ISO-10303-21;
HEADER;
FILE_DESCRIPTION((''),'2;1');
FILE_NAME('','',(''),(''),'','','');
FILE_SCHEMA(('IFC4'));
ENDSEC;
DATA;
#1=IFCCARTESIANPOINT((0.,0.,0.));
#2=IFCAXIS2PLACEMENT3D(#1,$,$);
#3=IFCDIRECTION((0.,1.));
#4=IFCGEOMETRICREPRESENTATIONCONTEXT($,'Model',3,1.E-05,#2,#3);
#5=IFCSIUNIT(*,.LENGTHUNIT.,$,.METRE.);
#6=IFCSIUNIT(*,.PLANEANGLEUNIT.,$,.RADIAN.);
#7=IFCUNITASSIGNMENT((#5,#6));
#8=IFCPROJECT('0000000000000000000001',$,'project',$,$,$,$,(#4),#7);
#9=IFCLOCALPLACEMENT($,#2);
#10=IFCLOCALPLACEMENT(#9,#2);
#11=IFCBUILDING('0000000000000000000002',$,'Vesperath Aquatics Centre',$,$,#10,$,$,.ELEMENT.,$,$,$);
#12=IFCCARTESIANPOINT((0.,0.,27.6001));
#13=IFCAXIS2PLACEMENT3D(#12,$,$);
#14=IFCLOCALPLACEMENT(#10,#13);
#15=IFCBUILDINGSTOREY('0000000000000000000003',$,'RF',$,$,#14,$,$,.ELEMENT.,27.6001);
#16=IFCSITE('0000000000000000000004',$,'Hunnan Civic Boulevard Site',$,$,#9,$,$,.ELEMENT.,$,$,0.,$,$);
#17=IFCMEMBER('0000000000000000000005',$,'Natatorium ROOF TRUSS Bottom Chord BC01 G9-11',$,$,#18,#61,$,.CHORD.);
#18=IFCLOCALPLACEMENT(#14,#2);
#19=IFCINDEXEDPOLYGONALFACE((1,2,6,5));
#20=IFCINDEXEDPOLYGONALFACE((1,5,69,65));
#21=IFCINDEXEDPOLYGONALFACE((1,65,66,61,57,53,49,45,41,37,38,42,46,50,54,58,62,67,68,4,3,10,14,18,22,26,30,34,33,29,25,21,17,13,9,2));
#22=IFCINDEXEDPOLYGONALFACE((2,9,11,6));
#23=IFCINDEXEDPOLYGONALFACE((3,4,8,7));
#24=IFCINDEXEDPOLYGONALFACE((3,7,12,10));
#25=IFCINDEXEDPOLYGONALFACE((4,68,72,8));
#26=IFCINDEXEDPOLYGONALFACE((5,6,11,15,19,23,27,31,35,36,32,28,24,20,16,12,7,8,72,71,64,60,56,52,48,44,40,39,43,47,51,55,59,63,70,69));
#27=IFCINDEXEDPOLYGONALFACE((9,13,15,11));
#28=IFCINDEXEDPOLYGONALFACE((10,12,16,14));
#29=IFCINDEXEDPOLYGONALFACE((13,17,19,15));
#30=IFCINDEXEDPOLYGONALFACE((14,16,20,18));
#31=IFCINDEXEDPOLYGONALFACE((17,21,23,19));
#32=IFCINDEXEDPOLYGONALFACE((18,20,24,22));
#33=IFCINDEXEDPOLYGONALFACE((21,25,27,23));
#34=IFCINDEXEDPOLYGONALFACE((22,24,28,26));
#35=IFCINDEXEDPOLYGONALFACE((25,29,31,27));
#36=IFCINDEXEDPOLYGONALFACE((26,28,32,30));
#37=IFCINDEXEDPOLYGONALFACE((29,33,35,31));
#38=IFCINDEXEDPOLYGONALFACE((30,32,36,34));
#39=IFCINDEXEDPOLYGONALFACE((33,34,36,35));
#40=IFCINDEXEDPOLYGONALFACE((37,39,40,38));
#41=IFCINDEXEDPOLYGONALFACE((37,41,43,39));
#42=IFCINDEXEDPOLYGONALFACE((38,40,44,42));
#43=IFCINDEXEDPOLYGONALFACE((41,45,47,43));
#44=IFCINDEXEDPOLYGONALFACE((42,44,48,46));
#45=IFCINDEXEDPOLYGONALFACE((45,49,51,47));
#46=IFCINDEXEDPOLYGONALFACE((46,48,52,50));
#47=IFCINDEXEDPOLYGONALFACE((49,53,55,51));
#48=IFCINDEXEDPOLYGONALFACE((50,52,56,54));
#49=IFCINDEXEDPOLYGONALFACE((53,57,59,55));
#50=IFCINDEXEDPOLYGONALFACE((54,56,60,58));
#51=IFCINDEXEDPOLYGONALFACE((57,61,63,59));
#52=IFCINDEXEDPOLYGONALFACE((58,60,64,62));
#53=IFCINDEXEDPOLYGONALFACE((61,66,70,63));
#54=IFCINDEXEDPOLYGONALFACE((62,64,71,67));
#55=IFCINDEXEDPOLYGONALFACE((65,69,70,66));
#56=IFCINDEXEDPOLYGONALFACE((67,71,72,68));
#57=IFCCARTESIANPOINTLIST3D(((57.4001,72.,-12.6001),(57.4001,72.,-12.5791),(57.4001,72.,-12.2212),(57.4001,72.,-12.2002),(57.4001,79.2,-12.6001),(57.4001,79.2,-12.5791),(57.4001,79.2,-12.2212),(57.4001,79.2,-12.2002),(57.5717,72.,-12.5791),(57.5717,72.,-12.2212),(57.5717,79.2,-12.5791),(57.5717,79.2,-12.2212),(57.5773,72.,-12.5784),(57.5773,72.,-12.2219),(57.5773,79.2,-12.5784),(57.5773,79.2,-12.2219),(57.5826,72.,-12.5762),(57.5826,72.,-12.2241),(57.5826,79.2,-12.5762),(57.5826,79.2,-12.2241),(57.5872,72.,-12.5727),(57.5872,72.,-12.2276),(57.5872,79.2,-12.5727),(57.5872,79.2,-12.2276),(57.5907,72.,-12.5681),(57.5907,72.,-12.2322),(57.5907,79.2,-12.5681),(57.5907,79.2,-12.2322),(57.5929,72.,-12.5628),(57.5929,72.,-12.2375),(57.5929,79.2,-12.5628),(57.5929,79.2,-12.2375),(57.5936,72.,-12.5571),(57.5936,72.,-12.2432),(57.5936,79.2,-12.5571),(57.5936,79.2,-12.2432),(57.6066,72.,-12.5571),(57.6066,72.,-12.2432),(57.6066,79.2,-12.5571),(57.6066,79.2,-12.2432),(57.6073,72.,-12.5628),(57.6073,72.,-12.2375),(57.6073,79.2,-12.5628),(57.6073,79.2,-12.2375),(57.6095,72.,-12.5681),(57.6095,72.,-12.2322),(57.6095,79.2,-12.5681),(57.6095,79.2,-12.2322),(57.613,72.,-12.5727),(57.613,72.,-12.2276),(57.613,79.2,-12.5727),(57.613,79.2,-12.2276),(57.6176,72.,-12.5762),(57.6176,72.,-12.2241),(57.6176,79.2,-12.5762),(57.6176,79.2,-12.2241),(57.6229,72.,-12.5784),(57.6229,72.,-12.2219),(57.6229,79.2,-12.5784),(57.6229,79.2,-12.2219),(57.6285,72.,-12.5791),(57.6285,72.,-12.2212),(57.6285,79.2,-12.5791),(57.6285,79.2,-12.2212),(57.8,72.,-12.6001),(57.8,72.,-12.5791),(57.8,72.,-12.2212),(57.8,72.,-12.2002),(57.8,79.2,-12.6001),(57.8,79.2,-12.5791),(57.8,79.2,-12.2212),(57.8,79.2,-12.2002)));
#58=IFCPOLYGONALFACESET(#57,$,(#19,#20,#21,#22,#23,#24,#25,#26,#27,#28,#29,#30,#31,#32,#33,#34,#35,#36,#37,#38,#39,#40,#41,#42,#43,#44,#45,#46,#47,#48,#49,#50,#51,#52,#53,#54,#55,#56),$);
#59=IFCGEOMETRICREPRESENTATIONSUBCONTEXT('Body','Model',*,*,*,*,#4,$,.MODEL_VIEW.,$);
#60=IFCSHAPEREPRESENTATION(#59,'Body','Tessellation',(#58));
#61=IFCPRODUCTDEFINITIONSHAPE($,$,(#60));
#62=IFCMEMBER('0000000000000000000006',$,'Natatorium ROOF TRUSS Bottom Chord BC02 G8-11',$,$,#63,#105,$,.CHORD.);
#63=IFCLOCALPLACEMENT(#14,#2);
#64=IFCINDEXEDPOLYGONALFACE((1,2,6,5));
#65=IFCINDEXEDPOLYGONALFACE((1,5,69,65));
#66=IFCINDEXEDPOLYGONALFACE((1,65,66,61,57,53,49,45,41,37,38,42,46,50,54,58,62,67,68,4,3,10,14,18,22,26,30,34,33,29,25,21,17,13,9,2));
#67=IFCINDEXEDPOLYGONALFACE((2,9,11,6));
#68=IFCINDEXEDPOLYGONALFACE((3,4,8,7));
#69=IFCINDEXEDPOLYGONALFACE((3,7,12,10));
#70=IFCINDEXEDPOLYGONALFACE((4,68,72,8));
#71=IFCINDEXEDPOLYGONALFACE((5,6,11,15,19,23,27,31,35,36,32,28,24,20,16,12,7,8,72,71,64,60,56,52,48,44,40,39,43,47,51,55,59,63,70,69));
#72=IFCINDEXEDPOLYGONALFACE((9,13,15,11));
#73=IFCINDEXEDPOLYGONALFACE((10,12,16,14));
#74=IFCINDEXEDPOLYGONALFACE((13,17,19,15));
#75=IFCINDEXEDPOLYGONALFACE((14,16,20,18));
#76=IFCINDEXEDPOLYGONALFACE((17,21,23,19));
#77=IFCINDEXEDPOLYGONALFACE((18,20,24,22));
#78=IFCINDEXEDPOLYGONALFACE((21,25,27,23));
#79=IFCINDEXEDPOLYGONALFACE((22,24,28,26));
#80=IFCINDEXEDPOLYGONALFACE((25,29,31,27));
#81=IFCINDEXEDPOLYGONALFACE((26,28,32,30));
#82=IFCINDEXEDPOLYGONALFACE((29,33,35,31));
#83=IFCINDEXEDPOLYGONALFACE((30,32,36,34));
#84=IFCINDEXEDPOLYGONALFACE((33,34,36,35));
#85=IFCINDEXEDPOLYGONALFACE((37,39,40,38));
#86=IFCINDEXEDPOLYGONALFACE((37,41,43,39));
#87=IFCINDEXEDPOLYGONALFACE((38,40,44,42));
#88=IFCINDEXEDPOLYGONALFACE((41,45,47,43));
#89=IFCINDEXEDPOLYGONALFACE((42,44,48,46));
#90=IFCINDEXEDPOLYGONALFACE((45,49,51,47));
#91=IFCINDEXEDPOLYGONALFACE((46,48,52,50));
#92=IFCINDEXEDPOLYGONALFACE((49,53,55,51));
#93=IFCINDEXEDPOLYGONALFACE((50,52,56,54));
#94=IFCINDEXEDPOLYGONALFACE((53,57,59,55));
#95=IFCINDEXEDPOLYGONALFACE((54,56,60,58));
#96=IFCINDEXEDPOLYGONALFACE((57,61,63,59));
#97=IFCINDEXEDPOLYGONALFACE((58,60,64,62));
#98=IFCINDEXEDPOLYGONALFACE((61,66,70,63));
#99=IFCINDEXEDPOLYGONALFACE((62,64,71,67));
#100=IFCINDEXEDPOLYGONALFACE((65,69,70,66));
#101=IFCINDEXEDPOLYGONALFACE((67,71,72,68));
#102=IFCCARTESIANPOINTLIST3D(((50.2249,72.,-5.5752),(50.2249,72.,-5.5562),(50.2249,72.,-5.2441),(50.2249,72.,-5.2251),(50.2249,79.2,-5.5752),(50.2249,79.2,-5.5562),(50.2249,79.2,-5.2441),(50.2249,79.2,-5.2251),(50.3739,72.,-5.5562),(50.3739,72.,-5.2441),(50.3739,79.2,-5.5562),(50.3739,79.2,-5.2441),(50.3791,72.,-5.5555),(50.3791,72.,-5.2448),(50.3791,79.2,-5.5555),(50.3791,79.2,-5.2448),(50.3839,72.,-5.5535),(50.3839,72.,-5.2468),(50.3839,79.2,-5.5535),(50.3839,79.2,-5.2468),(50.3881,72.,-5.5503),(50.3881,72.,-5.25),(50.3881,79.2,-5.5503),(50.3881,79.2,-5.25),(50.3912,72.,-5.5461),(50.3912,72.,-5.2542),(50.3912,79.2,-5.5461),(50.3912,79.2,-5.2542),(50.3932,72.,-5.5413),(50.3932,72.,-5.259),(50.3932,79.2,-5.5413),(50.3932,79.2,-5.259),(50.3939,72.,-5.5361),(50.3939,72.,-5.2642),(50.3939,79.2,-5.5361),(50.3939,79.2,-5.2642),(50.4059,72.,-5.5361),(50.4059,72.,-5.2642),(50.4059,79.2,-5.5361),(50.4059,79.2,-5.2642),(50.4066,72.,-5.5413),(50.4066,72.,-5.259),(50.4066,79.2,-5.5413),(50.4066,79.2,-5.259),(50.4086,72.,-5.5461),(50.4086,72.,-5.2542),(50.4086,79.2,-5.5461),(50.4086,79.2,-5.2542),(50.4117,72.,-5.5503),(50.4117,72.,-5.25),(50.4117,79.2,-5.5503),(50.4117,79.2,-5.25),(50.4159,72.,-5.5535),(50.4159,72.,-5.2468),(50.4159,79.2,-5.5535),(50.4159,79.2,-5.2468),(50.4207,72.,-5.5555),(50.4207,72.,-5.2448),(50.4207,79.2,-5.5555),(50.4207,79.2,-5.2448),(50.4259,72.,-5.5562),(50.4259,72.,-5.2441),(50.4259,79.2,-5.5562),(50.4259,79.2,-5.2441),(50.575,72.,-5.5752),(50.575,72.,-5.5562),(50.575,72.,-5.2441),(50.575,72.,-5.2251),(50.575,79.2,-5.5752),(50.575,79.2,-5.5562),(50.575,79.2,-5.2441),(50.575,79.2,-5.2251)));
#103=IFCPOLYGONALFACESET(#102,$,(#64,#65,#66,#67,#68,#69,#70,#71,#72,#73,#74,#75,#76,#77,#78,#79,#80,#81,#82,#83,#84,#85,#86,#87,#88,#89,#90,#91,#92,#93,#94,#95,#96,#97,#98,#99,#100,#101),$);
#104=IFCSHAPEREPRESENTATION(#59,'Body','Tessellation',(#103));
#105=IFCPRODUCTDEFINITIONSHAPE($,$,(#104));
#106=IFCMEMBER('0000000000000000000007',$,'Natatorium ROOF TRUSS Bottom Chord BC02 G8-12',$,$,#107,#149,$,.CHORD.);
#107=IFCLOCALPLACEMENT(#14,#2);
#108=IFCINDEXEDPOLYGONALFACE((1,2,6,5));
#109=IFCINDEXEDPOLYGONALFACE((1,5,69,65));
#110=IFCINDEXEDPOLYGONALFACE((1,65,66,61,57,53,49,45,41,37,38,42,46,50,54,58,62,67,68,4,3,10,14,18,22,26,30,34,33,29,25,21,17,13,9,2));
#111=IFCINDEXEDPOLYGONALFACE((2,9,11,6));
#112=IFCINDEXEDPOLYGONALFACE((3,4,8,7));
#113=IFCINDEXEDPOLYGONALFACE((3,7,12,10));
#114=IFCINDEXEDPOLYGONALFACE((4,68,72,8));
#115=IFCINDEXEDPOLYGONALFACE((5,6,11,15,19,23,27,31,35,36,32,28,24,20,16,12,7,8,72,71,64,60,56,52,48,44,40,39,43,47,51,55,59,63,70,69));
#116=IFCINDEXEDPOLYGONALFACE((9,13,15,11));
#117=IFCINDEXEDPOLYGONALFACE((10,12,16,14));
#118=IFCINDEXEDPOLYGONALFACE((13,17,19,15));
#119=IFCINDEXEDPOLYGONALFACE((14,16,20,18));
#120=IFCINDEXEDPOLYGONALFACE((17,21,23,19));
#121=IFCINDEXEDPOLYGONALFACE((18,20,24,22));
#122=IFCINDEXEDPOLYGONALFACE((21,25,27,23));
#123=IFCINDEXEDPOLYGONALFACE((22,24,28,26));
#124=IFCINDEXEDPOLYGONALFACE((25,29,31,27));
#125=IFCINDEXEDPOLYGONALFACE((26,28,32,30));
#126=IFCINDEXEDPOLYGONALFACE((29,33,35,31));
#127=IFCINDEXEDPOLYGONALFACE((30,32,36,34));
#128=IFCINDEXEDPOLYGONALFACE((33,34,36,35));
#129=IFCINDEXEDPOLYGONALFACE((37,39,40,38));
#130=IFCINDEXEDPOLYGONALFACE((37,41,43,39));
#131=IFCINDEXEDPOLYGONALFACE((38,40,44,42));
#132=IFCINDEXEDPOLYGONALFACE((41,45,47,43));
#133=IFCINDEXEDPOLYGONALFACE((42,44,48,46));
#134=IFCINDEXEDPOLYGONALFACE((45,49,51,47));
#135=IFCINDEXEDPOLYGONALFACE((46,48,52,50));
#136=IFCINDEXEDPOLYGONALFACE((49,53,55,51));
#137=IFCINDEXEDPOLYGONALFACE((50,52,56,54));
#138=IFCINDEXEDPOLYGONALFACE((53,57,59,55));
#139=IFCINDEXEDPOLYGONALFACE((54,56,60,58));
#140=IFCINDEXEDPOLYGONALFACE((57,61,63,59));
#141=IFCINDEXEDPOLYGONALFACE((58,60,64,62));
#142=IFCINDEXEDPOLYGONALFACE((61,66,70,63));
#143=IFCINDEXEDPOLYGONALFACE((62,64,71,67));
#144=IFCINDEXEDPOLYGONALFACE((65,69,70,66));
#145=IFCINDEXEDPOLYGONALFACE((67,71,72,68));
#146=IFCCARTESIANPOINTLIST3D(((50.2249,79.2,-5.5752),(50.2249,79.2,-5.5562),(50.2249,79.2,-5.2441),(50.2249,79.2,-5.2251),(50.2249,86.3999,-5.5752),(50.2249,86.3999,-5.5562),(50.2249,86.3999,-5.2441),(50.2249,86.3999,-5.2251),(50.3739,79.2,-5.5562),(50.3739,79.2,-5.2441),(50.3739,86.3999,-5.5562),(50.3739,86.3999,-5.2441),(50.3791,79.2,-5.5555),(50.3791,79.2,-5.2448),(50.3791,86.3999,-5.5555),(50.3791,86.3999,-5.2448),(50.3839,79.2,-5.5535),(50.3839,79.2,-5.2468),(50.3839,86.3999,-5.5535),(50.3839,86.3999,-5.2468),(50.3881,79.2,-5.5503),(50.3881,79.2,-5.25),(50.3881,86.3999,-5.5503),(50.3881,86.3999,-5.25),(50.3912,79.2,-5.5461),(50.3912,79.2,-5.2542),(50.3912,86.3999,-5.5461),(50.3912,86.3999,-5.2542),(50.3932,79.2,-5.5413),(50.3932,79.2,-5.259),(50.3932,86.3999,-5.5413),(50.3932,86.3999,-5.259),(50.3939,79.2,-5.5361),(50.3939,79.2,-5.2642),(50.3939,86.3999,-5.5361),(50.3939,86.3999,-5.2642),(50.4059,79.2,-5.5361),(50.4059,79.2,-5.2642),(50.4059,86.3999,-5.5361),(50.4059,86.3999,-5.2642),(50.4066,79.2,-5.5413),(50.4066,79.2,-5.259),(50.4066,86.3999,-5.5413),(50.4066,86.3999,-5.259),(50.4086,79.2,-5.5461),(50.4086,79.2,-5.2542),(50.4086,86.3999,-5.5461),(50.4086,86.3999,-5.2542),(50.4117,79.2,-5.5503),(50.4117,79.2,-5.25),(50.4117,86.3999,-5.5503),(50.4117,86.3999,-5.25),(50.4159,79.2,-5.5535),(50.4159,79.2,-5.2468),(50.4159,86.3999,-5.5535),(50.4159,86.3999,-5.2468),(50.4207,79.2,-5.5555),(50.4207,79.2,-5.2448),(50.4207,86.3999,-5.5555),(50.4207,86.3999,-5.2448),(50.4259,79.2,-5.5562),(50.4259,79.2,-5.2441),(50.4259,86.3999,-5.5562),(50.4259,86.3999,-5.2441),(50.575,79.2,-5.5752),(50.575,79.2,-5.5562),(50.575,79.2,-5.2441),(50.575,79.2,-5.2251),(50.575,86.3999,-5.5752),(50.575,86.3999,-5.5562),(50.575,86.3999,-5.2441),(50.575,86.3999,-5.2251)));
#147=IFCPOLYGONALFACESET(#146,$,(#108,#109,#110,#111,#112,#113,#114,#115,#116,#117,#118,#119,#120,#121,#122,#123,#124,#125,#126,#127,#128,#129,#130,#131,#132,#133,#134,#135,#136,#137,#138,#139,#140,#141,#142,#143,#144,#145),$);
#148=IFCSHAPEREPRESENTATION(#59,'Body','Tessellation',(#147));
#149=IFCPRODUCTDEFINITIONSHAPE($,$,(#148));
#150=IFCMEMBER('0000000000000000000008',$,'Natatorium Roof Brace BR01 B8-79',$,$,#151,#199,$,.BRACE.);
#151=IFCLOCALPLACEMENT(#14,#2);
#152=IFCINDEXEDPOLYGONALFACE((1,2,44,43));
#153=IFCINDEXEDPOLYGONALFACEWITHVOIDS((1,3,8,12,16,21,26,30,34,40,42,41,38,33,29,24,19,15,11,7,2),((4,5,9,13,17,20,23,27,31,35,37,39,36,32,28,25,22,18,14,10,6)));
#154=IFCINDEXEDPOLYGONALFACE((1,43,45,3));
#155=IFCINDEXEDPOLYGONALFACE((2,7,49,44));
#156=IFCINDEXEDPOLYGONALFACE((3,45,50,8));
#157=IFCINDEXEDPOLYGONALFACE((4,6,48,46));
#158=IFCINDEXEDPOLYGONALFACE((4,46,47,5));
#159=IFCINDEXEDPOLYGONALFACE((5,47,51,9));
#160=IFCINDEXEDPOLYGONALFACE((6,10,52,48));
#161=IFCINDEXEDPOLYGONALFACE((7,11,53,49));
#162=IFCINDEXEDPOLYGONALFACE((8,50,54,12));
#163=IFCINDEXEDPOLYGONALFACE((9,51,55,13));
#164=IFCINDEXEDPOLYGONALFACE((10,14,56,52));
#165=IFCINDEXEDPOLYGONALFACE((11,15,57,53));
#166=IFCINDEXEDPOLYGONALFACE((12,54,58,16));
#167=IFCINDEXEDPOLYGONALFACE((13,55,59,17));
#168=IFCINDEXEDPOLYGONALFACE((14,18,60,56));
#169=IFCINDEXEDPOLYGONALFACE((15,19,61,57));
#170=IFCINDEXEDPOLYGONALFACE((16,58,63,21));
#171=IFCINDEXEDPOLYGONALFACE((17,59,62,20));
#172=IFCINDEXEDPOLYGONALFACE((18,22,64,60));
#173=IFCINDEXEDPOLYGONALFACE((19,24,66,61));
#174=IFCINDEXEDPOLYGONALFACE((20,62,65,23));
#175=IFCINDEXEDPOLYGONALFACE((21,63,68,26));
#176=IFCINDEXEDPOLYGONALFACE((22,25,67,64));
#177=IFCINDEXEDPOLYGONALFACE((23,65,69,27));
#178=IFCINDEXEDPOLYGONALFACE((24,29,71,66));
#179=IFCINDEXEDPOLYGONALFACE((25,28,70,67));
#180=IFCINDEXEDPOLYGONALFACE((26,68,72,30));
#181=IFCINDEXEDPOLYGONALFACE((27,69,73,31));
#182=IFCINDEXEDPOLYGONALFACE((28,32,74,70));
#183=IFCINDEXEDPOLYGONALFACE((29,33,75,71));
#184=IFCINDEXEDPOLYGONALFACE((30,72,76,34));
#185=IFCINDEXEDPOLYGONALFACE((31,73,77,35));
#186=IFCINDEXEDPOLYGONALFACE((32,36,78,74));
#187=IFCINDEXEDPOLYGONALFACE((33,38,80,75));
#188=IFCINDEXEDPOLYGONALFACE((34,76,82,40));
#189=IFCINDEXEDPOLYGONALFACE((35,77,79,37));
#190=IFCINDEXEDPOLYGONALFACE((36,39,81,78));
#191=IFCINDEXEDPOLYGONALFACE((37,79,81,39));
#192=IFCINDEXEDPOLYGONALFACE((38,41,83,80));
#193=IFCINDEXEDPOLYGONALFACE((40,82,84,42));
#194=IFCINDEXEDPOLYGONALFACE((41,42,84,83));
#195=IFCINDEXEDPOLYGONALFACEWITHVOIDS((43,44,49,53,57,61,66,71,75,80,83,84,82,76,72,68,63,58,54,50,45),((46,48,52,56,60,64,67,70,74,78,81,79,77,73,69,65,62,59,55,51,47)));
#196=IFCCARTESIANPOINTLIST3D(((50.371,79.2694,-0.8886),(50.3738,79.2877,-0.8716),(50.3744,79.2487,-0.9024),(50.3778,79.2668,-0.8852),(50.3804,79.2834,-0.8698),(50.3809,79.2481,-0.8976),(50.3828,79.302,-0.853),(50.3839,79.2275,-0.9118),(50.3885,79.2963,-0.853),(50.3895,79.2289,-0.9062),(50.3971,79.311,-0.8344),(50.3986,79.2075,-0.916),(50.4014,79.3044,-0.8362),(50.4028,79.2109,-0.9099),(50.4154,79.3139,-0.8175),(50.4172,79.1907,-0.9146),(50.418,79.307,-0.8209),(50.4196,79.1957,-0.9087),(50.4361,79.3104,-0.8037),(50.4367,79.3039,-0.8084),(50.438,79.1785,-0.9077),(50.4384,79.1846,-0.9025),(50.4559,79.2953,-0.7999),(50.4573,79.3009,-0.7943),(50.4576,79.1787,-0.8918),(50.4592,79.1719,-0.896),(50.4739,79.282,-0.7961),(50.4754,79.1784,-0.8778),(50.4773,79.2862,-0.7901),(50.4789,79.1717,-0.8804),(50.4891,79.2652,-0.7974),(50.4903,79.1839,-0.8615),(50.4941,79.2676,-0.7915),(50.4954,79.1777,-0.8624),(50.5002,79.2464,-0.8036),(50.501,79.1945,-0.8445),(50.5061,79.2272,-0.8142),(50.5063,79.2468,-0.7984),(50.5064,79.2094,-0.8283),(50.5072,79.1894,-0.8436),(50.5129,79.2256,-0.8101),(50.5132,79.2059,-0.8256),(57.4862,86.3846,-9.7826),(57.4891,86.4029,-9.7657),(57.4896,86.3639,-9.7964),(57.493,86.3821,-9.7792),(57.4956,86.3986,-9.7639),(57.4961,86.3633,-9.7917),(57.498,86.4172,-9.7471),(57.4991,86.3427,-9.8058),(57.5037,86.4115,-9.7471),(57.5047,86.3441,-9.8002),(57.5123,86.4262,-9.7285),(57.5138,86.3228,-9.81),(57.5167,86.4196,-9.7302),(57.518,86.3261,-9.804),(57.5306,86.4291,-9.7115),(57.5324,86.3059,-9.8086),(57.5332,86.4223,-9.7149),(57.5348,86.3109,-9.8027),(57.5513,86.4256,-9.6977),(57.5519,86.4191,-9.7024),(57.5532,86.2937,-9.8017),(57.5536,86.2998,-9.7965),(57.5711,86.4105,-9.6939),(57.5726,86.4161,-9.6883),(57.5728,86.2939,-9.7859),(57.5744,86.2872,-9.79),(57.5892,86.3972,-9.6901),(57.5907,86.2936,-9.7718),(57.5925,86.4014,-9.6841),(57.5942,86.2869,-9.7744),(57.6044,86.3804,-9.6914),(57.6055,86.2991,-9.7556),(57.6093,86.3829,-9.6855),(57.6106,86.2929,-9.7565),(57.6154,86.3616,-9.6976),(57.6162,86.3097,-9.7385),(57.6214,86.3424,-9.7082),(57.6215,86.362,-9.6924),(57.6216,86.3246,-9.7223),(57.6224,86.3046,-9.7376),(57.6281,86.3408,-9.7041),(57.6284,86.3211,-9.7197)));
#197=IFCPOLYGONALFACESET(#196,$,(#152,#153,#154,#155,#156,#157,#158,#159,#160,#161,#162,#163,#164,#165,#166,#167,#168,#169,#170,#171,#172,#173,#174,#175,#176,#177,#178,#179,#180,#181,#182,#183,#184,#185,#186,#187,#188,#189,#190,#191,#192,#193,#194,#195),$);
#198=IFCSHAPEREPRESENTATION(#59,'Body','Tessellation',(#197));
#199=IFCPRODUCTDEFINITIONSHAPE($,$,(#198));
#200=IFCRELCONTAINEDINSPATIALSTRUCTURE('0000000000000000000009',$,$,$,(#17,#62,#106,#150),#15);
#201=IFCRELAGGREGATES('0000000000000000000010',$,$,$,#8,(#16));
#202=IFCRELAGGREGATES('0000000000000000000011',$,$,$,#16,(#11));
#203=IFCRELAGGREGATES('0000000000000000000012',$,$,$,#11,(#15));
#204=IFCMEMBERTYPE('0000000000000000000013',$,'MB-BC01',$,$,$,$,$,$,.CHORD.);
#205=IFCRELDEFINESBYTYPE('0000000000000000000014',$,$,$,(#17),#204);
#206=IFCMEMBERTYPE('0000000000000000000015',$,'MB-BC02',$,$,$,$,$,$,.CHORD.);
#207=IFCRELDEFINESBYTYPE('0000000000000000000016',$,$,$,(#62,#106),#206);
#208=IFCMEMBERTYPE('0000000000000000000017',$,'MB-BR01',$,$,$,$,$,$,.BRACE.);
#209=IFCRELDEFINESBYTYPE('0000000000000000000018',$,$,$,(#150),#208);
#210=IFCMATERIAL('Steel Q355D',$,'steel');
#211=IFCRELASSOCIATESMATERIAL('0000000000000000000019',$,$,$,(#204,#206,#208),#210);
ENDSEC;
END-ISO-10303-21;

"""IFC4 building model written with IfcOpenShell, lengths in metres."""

from ifc_helpers import new_model, si_unit, direction, frame, origin, origin_2d, place, context, subcontext, project, spatial, hollow_circle, i_section, extrude, material, material_profile, profile_set, type_object, element, save


model = new_model("IFC4")

# Units and contexts
model_context = context("Model", 3, precision=1e-05, world=origin(), true_north=direction((0.0, 1.0)))
body_context = subcontext(model_context, "Body", "Model", "MODEL_VIEW")
ifc_project = project(units=[si_unit("LENGTHUNIT", "METRE"), si_unit("PLANEANGLEUNIT", "RADIAN")], contexts=[model_context])

# Site, building, storey
site_placement = place(None, origin())
site = spatial("IfcSite", under=ifc_project, at=site_placement, Name="Hunnan Civic Boulevard Site", CompositionType="ELEMENT", RefElevation=0.0)
building_placement = place(site_placement, origin())
building = spatial("IfcBuilding", under=site, at=building_placement, Name="Vesperath Aquatics Centre", CompositionType="ELEMENT")
storey_placement = place(building_placement, frame((0.0, 0.0, 27.6001)))
storey = spatial("IfcBuildingStorey", under=building, at=storey_placement, Name="RF", CompositionType="ELEMENT", Elevation=27.6001)

# Members
ifc_material_1 = material(Name="Steel Q355D", Category="steel")
ifc_material_profile_1 = material_profile(ifc_material_1, i_section(OverallWidth=0.3999, OverallDepth=0.3999, WebThickness=0.0129, FlangeThickness=0.021, FilletRadius=0.022, at=origin_2d()), Name="HW 400x400x13x21")
ifc_profile_set_1 = profile_set([ifc_material_profile_1], Name="Steel Q355D")
member_type_1 = type_object("IfcMemberType", Name="MB-BC01", PredefinedType="CHORD", material=ifc_profile_set_1)
member_1_placement = place(storey_placement, frame((57.6001, 72.0, -12.4001), z_axis=(0.0, 1.0, 0.0), x_axis=(-1.0, 0.0, 0.0)))
element("IfcMember", 1, at=member_1_placement, inside=storey, type_object=member_type_1, Name="Natatorium ROOF TRUSS Bottom Chord BC01 G9-11", PredefinedType="CHORD", context=body_context, shape_type="SweptSolid", body=[
    extrude(i_section(OverallWidth=0.3999, OverallDepth=0.3999, WebThickness=0.0129, FlangeThickness=0.021, FilletRadius=0.022, at=origin_2d()), origin(), (0.0, 0.0, 1.0), 7.2),
])
ifc_material_profile_2 = material_profile(ifc_material_1, i_section(OverallWidth=0.3501, OverallDepth=0.3501, WebThickness=0.012, FlangeThickness=0.019, FilletRadius=0.02, at=origin_2d()), Name="HW 350x350x12x19")
ifc_profile_set_2 = profile_set([ifc_material_profile_2], Name="Steel Q355D")
member_type_2 = type_object("IfcMemberType", Name="MB-BC02", PredefinedType="CHORD", material=ifc_profile_set_2)
for number, where, z_axis, x_axis, name in (
    (2, (50.3999, 72.0, -5.4001), (0.0, 1.0, 0.0), (-1.0, 0.0, 0.0), "Natatorium ROOF TRUSS Bottom Chord BC02 G8-11"),
    (3, (50.3999, 79.2, -5.4001), (0.0, 1.0, 0.0), (-1.0, 0.0, 0.0), "Natatorium ROOF TRUSS Bottom Chord BC02 G8-12"),
):
    element("IfcMember", number, at=place(storey_placement, frame(where, z_axis=z_axis, x_axis=x_axis)), inside=storey, type_object=member_type_2, Name=name, PredefinedType="CHORD", context=body_context, shape_type="SweptSolid", body=[
        extrude(i_section(OverallWidth=0.3501, OverallDepth=0.3501, WebThickness=0.012, FlangeThickness=0.019, FilletRadius=0.02, at=origin_2d()), origin(), (0.0, 0.0, 1.0), 7.2),
    ])
ifc_material_profile_3 = material_profile(ifc_material_1, hollow_circle(Radius=0.0842, WallThickness=0.0081, at=origin_2d()), Name="CHS 168.3x8")
ifc_profile_set_3 = profile_set([ifc_material_profile_3], Name="Steel Q355D")
member_type_3 = type_object("IfcMemberType", Name="MB-BR01", PredefinedType="BRACE", material=ifc_profile_set_3)
member_2_placement = place(storey_placement, frame((50.4424, 79.2424, -0.853), z_axis=(0.529813, 0.529813, -0.662266), x_axis=(-0.707107, 0.707107, 0.0)))
element("IfcMember", 4, at=member_2_placement, inside=storey, type_object=member_type_3, Name="Natatorium Roof Brace BR01 B8-79", PredefinedType="BRACE", context=body_context, shape_type="SweptSolid", body=[
    extrude(hollow_circle(Radius=0.0842, WallThickness=0.0081, at=origin_2d()), origin(), (0.0, 0.0, 1.0), 13.4297),
])

save(model, "model.ifc")
